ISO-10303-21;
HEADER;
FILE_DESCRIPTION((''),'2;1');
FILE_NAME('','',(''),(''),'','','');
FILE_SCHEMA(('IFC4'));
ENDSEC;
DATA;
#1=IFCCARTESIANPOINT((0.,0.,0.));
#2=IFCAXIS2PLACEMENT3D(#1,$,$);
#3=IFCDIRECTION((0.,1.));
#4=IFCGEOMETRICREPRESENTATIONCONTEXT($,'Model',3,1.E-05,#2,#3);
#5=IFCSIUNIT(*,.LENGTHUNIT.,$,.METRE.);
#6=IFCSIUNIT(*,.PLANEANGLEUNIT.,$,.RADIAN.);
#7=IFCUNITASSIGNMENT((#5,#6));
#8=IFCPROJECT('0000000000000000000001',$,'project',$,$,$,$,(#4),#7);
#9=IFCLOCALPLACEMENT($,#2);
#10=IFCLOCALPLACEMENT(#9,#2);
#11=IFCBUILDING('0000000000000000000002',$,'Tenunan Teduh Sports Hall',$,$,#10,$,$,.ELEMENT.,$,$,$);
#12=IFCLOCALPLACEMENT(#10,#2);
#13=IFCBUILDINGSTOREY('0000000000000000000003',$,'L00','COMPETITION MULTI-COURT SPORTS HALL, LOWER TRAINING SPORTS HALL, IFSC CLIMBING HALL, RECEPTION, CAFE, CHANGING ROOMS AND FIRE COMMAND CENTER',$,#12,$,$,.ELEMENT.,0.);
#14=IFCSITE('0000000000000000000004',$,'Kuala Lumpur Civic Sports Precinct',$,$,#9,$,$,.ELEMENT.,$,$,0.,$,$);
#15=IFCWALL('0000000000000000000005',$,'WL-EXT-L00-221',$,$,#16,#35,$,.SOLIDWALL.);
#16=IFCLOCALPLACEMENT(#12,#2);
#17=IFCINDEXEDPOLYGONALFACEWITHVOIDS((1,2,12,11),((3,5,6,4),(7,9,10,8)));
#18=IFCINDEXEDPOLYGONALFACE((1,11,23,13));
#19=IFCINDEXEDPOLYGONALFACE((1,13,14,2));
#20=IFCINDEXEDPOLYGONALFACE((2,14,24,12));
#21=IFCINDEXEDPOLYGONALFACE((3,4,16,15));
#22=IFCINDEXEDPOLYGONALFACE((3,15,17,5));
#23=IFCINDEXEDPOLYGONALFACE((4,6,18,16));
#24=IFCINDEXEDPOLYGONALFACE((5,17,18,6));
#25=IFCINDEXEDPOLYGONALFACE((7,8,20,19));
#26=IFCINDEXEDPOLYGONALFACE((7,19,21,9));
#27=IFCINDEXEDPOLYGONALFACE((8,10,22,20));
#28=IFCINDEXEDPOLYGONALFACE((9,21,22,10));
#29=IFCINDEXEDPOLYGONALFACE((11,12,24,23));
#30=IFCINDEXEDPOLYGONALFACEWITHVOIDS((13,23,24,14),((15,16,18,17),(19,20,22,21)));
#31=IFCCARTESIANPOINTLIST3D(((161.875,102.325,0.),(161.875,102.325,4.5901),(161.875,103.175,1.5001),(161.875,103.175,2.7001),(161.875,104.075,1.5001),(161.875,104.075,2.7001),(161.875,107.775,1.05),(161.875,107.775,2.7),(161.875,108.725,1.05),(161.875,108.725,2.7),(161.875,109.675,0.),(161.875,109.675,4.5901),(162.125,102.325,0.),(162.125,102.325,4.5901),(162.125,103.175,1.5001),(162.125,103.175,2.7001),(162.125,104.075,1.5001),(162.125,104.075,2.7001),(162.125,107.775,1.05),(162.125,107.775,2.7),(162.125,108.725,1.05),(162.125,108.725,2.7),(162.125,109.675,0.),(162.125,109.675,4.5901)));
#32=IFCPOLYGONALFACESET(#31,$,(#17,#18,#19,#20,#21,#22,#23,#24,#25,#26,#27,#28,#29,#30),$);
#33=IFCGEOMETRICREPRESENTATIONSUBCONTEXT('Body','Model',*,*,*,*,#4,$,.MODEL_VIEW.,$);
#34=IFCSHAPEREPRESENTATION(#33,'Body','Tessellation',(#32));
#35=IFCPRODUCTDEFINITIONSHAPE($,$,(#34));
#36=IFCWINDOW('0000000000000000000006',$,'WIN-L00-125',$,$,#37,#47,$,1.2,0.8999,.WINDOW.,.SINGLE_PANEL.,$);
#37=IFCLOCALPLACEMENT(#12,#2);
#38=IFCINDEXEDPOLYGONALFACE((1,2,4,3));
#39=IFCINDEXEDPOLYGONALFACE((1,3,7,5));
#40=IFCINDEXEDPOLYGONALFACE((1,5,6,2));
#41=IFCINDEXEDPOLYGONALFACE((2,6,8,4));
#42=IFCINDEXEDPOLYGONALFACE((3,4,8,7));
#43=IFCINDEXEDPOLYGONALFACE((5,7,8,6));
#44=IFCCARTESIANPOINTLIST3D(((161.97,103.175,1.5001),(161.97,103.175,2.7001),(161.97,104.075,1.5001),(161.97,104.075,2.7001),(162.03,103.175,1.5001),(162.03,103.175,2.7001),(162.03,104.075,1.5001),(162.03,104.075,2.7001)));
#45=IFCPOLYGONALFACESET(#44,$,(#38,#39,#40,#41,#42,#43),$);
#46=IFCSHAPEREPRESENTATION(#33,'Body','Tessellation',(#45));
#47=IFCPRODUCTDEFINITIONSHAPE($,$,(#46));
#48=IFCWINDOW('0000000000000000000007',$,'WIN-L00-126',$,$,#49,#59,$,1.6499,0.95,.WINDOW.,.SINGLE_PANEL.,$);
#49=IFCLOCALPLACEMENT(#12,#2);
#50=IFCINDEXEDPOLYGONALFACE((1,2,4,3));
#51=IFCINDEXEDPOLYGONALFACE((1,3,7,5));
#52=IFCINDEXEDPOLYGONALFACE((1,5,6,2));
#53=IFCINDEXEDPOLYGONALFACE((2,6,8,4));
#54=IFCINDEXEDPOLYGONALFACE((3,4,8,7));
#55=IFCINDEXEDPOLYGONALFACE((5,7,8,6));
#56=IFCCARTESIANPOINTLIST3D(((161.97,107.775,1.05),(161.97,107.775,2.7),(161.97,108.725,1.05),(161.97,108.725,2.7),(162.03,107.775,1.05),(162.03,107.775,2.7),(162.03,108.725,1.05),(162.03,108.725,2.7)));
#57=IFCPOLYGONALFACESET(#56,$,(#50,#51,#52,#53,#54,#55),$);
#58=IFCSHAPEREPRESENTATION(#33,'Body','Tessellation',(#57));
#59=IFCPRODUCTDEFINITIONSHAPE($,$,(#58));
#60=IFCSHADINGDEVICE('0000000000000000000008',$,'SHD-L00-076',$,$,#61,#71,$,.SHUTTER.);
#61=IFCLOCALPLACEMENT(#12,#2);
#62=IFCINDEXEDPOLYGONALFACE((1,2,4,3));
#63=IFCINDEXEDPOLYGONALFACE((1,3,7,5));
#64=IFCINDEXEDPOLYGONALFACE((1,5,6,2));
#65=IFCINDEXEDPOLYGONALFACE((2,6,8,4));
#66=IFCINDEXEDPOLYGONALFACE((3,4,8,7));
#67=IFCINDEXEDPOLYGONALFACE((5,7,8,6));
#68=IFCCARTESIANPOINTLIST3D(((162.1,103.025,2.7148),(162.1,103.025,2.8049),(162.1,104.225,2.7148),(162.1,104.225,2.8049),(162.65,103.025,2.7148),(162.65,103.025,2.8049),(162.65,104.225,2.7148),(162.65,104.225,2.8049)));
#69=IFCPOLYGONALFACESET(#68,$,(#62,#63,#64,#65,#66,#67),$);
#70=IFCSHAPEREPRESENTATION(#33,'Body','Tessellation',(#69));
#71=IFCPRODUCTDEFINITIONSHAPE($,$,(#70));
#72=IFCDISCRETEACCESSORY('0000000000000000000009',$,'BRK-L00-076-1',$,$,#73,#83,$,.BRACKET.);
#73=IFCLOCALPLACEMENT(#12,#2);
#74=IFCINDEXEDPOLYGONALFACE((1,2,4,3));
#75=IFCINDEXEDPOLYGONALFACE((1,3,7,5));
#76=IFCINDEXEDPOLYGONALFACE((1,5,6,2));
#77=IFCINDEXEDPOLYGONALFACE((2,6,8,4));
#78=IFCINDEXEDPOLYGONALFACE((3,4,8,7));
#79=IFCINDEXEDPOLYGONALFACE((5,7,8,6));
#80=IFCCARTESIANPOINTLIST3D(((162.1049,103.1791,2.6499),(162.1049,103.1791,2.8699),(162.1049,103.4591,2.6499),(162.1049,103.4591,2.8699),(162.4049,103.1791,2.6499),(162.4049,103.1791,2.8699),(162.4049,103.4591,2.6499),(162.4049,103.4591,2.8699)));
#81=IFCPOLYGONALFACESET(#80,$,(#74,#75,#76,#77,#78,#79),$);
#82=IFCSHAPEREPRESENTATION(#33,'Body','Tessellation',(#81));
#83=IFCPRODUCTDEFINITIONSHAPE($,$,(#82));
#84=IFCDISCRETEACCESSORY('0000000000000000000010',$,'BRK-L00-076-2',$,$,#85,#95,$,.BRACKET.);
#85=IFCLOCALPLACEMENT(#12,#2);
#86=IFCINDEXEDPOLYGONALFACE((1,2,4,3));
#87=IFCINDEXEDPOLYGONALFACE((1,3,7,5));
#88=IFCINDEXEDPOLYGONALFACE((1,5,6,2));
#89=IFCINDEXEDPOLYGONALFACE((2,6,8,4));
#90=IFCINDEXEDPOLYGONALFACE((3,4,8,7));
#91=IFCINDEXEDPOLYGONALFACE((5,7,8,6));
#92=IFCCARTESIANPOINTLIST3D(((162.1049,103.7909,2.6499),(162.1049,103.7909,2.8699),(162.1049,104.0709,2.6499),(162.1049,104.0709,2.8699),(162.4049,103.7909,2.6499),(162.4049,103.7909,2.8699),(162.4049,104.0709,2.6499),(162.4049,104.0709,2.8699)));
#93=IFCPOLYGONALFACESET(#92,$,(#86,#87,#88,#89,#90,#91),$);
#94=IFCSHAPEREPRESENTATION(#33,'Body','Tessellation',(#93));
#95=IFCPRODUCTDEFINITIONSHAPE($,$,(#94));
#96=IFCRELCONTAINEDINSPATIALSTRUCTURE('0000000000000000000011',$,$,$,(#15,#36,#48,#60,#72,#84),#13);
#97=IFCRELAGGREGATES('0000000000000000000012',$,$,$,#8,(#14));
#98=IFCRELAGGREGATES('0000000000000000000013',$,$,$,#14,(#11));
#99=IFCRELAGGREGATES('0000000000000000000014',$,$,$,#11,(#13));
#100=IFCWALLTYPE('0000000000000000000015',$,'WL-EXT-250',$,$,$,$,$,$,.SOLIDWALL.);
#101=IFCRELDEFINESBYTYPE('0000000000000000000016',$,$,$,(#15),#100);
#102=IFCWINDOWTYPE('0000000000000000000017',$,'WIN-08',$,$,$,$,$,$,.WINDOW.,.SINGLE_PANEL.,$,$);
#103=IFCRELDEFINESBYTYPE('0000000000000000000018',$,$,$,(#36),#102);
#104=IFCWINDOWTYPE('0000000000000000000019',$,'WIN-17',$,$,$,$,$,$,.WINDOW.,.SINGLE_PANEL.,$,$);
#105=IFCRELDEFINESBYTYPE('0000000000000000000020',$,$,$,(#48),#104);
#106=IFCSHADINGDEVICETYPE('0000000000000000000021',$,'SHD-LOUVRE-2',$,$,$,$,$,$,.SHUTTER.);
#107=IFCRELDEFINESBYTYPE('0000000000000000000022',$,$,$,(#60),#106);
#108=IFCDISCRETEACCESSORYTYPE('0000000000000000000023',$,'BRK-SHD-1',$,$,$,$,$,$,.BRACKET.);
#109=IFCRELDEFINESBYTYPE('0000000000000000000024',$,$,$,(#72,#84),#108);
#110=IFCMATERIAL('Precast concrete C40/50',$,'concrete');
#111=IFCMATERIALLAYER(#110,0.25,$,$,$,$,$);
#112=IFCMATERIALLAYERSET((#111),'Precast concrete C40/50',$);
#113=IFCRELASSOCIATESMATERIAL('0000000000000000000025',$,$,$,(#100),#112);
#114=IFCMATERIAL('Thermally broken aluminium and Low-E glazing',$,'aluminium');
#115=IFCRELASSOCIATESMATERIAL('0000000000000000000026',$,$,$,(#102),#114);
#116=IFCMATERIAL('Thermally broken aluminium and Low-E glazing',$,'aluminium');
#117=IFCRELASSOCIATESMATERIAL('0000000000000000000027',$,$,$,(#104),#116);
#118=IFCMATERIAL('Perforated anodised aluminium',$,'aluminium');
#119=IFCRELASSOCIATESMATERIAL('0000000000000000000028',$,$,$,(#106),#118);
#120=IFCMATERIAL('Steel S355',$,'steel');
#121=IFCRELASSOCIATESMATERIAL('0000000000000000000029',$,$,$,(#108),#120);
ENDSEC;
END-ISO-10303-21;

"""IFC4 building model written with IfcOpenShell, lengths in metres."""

from ifc_helpers import new_model, si_unit, direction, frame, frame_2d, origin, origin_2d, place, context, subcontext, project, spatial, rectangle, extrude, material, layer, layer_set, type_object, element, fill, save


model = new_model("IFC4")

# Units and contexts
model_context = context("Model", 3, precision=1e-05, world=origin(), true_north=direction((0.0, 1.0)))
body_context = subcontext(model_context, "Body", "Model", "MODEL_VIEW")
ifc_project = project(units=[si_unit("LENGTHUNIT", "METRE"), si_unit("PLANEANGLEUNIT", "RADIAN")], contexts=[model_context])

# Site, building, storey
site_placement = place(None, origin())
site = spatial("IfcSite", under=ifc_project, at=site_placement, Name="Kuala Lumpur Civic Sports Precinct", CompositionType="ELEMENT", RefElevation=0.0)
building_placement = place(site_placement, origin())
building = spatial("IfcBuilding", under=site, at=building_placement, Name="Tenunan Teduh Sports Hall", CompositionType="ELEMENT")
storey_placement = place(building_placement, origin())
storey = spatial("IfcBuildingStorey", under=building, at=storey_placement, Name="L00", Description="COMPETITION MULTI-COURT SPORTS HALL, LOWER TRAINING SPORTS HALL, IFSC CLIMBING HALL, RECEPTION, CAFE, CHANGING ROOMS AND FIRE COMMAND CENTER", CompositionType="ELEMENT", Elevation=0.0)

# Wall, openings, windows
ifc_material_1 = material(Name="Precast concrete C40/50", Category="concrete")
ifc_layer_1 = layer(ifc_material_1, 0.25)
ifc_layer_set_1 = layer_set([ifc_layer_1], Name="Precast concrete C40/50")
wall_type = type_object("IfcWallType", Name="WL-EXT-250", PredefinedType="SOLIDWALL", material=ifc_layer_set_1)
wall_placement = place(storey_placement, frame((162.0, 102.325, 0.0), z_axis=(0.0, 0.0, 1.0), x_axis=(0.0, 1.0, 0.0)))
wall = element("IfcWall", 1, at=wall_placement, inside=storey, type_object=wall_type, Name="WL-EXT-L00-221", PredefinedType="SOLIDWALL", context=body_context, shape_type="SweptSolid", body=[
    extrude(rectangle(XDim=7.3501, YDim=0.25, at=frame_2d((3.675, 0.0))), origin(), (0.0, 0.0, 1.0), 4.5901),
])
opening_1_placement = place(wall_placement, frame((0.8501, 0.0, 1.5)))
opening_1 = element("IfcOpeningElement", 2, at=opening_1_placement, cuts=wall, PredefinedType="OPENING", context=body_context, shape_type="SweptSolid", body=[
    extrude(rectangle(XDim=0.8999, YDim=1.2, at=frame_2d((0.45, 0.6001))), frame((0.0, 0.135, 0.0), z_axis=(0.0, -1.0, 0.0), x_axis=(1.0, 0.0, 0.0)), (0.0, 0.0, 1.0), 0.27),
])
opening_2_placement = place(wall_placement, frame((5.45, 0.0, 1.05)))
opening_2 = element("IfcOpeningElement", 3, at=opening_2_placement, cuts=wall, PredefinedType="OPENING", context=body_context, shape_type="SweptSolid", body=[
    extrude(rectangle(XDim=0.95, YDim=1.6499, at=frame_2d((0.4751, 0.825))), frame((0.0, 0.135, 0.0), z_axis=(0.0, -1.0, 0.0), x_axis=(1.0, 0.0, 0.0)), (0.0, 0.0, 1.0), 0.27),
])
ifc_material_2 = material(Name="Thermally broken aluminium and Low-E glazing", Category="aluminium")
window_type_1 = type_object("IfcWindowType", Name="WIN-08", PartitioningType="SINGLE_PANEL", PredefinedType="WINDOW", material=ifc_material_2)
window_1_placement = place(opening_1_placement, origin())
window_1 = element("IfcWindow", 4, at=window_1_placement, inside=storey, type_object=window_type_1, Name="WIN-L00-125", OverallHeight=1.2, OverallWidth=0.8999, PartitioningType="SINGLE_PANEL", PredefinedType="WINDOW", context=body_context, shape_type="SweptSolid", body=[
    extrude(rectangle(XDim=0.8999, YDim=1.2, at=frame_2d((0.45, 0.6001))), frame((0.0, 0.03, 0.0), z_axis=(0.0, -1.0, 0.0), x_axis=(1.0, 0.0, 0.0)), (0.0, 0.0, 1.0), 0.0601),
])
fill(opening_1, window_1)
ifc_material_3 = material(Name="Thermally broken aluminium and Low-E glazing", Category="aluminium")
window_type_2 = type_object("IfcWindowType", Name="WIN-17", PartitioningType="SINGLE_PANEL", PredefinedType="WINDOW", material=ifc_material_3)
window_2_placement = place(opening_2_placement, origin())
window_2 = element("IfcWindow", 5, at=window_2_placement, inside=storey, type_object=window_type_2, Name="WIN-L00-126", OverallHeight=1.6499, OverallWidth=0.95, PartitioningType="SINGLE_PANEL", PredefinedType="WINDOW", context=body_context, shape_type="SweptSolid", body=[
    extrude(rectangle(XDim=0.95, YDim=1.6499, at=frame_2d((0.4751, 0.825))), frame((0.0, 0.03, 0.0), z_axis=(0.0, -1.0, 0.0), x_axis=(1.0, 0.0, 0.0)), (0.0, 0.0, 1.0), 0.0601),
])
fill(opening_2, window_2)

# Shading device
ifc_material_4 = material(Name="Perforated anodised aluminium", Category="aluminium")
shading_device_type = type_object("IfcShadingDeviceType", Name="SHD-LOUVRE-2", PredefinedType="SHUTTER", material=ifc_material_4)
shading_device_placement = place(storey_placement, frame((162.375, 103.625, 2.7148), z_axis=(0.0, 0.0, 1.0), x_axis=(0.0, 1.0, 0.0)))
element("IfcShadingDevice", 6, at=shading_device_placement, inside=storey, type_object=shading_device_type, Name="SHD-L00-076", PredefinedType="SHUTTER", context=body_context, shape_type="SweptSolid", body=[
    extrude(rectangle(XDim=1.2, YDim=0.55, at=origin_2d()), origin(), (0.0, 0.0, 1.0), 0.0901),
])

# Discrete accessories
ifc_material_5 = material(Name="Steel S355", Category="steel")
discrete_accessory_type = type_object("IfcDiscreteAccessoryType", Name="BRK-SHD-1", PredefinedType="BRACKET", material=ifc_material_5)
for number, where, z_axis, x_axis, name in (
    (7, (162.2549, 103.3191, 2.6499), (0.0, 0.0, 1.0), (0.0, 1.0, 0.0), "BRK-L00-076-1"),
    (8, (162.2549, 103.9309, 2.6499), (0.0, 0.0, 1.0), (0.0, 1.0, 0.0), "BRK-L00-076-2"),
):
    element("IfcDiscreteAccessory", number, at=place(storey_placement, frame(where, z_axis=z_axis, x_axis=x_axis)), inside=storey, type_object=discrete_accessory_type, Name=name, PredefinedType="BRACKET", context=body_context, shape_type="SweptSolid", body=[
        extrude(rectangle(XDim=0.28, YDim=0.3, at=origin_2d()), origin(), (0.0, 0.0, 1.0), 0.22),
    ])

save(model, "model.ifc")
